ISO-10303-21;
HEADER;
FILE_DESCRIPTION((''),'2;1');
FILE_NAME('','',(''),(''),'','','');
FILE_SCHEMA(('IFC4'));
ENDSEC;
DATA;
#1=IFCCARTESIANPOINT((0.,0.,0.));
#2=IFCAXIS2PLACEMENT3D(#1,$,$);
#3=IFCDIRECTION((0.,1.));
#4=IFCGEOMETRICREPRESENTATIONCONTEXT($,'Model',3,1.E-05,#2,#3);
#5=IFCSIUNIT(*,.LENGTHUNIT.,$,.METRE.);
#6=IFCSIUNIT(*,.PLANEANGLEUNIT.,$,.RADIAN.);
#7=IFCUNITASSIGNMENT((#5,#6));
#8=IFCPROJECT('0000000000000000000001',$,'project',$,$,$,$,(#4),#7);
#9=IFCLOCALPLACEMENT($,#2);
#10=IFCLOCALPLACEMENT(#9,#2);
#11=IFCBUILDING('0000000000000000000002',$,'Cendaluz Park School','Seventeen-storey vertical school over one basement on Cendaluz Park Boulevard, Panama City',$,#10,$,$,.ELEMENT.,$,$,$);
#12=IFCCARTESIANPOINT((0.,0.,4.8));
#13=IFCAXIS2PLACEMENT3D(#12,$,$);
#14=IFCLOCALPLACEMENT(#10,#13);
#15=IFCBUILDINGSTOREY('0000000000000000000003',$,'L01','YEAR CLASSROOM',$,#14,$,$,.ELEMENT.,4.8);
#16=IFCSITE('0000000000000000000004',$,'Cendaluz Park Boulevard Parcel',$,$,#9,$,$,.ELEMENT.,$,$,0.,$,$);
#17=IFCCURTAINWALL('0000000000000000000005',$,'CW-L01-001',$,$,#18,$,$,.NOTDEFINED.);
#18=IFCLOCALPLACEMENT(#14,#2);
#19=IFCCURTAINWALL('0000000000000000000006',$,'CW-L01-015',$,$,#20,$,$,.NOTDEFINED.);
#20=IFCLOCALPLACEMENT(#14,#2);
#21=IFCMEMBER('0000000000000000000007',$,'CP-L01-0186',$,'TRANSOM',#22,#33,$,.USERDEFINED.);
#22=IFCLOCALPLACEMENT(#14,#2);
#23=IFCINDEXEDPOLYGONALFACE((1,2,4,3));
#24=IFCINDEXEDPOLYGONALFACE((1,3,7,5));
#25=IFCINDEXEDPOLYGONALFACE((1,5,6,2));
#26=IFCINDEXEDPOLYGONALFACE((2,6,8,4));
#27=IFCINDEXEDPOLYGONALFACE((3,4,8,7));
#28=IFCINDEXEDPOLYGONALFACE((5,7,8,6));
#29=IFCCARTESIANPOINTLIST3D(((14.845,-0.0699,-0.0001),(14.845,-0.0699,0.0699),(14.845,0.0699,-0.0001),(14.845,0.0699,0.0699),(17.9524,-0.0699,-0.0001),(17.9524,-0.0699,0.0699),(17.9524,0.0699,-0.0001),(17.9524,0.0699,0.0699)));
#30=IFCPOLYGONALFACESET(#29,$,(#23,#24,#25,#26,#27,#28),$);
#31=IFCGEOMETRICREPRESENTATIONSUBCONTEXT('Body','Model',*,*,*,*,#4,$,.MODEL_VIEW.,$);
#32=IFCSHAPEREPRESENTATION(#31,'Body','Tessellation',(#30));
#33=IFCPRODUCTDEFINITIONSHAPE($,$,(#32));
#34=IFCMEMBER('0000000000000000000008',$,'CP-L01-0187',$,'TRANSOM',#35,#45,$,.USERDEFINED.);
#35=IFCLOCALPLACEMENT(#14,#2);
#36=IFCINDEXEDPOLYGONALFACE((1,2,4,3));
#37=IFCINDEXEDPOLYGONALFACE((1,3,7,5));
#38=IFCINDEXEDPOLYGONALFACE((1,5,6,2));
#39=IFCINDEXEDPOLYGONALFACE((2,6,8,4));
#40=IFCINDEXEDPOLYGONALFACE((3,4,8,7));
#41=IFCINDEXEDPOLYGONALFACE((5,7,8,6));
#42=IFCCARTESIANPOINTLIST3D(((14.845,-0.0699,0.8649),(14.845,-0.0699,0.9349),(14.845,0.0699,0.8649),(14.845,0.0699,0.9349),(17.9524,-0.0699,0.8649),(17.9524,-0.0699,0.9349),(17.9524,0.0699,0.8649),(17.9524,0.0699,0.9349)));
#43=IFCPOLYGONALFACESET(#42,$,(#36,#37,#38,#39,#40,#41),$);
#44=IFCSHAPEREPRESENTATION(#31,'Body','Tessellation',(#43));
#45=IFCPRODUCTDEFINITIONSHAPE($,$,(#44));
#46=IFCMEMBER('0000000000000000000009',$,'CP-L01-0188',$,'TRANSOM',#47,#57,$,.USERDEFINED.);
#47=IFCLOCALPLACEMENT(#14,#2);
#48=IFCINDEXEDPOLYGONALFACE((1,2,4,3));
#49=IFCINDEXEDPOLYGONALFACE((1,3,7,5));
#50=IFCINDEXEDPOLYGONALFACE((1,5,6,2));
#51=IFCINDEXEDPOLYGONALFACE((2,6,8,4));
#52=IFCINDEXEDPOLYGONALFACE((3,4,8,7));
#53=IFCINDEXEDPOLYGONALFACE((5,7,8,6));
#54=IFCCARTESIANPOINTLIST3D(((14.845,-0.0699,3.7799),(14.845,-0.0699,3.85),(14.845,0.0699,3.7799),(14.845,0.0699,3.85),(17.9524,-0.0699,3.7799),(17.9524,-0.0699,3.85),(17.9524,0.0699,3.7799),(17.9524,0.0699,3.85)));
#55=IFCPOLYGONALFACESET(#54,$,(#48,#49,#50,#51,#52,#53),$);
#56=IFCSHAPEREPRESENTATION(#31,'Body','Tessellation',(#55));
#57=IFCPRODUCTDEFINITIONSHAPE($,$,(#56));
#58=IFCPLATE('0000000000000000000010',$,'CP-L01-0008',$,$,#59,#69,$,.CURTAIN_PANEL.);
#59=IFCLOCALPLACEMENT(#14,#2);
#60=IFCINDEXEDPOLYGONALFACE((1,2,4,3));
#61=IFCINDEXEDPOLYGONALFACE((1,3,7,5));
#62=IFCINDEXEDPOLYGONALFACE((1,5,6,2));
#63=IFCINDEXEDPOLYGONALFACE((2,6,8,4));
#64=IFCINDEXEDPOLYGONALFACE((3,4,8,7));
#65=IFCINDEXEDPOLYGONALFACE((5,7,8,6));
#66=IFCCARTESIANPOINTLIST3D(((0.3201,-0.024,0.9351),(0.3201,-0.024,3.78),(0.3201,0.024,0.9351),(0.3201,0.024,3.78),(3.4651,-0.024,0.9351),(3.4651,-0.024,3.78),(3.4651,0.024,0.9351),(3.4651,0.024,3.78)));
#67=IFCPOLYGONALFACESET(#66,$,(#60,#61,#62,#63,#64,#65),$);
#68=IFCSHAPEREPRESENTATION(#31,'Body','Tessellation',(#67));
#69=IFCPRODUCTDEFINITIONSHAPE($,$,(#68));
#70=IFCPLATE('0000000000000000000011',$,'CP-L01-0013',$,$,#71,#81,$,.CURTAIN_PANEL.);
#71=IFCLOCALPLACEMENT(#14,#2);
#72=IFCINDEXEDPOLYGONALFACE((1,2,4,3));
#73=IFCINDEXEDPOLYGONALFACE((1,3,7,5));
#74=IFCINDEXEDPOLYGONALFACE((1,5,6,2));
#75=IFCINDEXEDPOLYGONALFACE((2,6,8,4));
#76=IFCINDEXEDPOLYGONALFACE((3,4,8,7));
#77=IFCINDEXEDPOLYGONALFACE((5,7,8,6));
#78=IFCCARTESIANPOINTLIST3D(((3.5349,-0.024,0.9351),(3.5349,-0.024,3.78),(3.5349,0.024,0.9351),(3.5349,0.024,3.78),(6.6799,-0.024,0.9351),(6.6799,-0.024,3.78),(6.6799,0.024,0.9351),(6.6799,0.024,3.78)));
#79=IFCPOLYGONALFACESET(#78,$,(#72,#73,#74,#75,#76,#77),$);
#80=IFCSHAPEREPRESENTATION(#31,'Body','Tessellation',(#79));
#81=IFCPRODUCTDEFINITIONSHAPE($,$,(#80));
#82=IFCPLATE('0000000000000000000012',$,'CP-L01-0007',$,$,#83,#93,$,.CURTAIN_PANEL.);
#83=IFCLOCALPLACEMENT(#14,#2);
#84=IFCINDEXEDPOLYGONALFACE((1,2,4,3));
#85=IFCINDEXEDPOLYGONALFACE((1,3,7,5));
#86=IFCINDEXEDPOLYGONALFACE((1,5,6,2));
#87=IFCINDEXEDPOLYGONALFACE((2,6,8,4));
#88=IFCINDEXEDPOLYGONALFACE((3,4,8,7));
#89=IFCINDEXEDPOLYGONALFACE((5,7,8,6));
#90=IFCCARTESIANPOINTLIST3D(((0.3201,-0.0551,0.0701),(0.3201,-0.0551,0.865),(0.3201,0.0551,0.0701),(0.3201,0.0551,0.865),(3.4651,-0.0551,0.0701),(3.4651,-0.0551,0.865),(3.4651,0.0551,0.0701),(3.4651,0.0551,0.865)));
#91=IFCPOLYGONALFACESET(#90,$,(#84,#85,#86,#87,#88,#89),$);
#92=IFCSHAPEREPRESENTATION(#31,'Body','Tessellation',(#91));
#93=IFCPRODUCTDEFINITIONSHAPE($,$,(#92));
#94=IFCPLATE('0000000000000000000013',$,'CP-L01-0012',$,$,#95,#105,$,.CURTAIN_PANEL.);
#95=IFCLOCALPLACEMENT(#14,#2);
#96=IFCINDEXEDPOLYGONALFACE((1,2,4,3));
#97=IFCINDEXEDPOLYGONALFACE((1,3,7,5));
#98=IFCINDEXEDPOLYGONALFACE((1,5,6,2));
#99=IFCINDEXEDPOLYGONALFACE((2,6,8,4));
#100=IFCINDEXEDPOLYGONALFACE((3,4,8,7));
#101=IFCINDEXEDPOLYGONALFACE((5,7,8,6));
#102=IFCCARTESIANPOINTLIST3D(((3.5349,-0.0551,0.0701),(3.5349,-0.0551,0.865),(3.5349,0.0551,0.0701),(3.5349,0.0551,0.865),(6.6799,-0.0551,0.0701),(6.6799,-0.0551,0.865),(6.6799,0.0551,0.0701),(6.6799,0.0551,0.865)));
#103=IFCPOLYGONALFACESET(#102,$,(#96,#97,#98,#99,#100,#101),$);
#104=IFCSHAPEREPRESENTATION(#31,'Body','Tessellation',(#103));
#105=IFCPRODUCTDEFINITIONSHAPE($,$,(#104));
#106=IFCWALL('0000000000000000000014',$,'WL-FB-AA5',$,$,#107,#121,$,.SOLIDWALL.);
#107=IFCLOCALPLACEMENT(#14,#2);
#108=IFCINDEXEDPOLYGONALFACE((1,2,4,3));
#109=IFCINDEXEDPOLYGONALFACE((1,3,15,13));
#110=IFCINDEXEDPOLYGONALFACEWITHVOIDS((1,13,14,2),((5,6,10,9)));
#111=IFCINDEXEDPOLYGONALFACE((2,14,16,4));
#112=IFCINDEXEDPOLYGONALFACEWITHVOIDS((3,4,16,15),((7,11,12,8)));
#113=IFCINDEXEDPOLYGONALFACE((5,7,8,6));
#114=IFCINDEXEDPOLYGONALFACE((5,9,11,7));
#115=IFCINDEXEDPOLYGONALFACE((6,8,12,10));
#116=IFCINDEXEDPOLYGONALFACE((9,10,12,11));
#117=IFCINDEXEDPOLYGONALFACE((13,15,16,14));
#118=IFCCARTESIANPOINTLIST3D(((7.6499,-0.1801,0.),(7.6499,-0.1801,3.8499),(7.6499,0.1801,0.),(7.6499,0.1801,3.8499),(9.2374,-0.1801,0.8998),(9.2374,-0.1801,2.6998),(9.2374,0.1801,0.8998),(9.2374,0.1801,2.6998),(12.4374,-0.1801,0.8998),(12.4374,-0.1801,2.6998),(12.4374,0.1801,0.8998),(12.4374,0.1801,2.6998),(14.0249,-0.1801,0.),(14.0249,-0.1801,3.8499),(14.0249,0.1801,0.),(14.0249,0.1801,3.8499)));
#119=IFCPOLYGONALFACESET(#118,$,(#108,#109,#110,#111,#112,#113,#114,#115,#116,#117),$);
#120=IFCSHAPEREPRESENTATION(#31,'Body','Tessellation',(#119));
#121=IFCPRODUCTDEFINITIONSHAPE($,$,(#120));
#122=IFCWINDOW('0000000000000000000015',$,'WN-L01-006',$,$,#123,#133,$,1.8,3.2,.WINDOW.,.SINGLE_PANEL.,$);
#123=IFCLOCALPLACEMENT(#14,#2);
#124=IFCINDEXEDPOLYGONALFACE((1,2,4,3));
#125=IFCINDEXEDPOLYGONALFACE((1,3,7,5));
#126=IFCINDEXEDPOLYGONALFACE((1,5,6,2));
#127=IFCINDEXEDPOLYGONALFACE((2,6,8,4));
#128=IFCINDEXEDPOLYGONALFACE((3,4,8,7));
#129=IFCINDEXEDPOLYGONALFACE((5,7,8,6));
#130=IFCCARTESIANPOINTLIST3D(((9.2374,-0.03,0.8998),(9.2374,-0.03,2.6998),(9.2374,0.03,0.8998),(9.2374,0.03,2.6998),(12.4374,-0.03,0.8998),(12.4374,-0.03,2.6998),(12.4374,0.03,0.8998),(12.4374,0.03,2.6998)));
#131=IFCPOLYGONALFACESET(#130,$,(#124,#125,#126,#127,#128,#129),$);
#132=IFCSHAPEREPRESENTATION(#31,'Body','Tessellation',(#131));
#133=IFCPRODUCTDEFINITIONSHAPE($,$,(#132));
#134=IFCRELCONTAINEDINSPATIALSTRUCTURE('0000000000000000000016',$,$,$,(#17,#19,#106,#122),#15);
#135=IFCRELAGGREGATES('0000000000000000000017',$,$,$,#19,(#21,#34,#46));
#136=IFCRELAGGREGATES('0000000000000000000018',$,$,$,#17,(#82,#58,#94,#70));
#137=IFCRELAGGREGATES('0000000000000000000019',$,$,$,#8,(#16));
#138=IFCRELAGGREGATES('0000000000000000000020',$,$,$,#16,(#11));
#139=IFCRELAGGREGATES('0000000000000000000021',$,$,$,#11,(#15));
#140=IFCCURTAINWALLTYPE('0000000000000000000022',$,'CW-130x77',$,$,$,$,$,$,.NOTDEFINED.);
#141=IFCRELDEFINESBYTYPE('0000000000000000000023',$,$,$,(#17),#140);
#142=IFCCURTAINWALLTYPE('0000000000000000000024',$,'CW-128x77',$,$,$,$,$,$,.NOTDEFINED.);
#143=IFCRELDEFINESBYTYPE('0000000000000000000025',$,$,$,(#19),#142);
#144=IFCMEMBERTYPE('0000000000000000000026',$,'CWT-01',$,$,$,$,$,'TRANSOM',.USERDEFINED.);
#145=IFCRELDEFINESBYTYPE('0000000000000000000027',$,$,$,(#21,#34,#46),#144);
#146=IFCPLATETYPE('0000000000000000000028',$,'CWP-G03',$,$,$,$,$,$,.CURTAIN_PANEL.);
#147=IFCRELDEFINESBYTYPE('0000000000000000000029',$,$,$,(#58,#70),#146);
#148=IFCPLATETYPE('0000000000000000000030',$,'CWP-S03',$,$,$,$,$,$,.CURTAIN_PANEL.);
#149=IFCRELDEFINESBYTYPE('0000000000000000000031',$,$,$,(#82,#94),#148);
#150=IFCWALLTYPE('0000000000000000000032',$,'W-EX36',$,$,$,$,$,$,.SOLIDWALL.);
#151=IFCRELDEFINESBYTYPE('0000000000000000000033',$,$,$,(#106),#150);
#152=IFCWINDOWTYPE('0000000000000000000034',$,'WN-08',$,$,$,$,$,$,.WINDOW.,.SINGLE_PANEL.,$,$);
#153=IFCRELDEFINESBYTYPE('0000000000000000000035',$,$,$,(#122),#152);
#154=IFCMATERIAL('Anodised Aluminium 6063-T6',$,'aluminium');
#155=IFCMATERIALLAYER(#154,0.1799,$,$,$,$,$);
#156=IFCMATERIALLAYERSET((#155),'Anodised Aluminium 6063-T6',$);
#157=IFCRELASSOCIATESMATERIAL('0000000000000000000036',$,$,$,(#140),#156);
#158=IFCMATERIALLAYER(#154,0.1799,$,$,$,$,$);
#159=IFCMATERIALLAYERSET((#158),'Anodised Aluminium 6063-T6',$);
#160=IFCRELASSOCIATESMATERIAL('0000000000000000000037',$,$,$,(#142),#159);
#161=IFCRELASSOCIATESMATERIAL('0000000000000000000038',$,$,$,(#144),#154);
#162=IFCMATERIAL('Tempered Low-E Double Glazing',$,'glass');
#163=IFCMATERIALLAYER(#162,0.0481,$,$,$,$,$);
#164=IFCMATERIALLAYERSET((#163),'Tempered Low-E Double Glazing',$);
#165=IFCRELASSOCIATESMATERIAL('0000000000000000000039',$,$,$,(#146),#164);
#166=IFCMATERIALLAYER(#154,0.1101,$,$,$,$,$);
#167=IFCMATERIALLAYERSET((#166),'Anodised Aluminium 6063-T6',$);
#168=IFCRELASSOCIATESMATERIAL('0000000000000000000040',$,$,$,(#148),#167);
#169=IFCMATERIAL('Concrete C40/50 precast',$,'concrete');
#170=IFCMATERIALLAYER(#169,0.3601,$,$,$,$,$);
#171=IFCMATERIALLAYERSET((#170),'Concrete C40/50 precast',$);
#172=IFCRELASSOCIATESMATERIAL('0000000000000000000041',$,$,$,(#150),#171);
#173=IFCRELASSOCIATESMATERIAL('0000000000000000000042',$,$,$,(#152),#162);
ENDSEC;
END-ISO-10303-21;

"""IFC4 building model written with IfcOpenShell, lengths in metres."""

from ifc_helpers import new_model, si_unit, direction, frame, frame_2d, origin, origin_2d, place, context, subcontext, project, spatial, rectangle, extrude, material, layer, layer_set, material_profile, profile_set, type_object, element, fill, aggregate, save


model = new_model("IFC4")

# Units and contexts
model_context = context("Model", 3, precision=1e-05, world=origin(), true_north=direction((0.0, 1.0)))
body_context = subcontext(model_context, "Body", "Model", "MODEL_VIEW")
ifc_project = project(units=[si_unit("LENGTHUNIT", "METRE"), si_unit("PLANEANGLEUNIT", "RADIAN")], contexts=[model_context])

# Site, building, storey
site_placement = place(None, origin())
site = spatial("IfcSite", under=ifc_project, at=site_placement, Name="Cendaluz Park Boulevard Parcel", CompositionType="ELEMENT", RefElevation=0.0)
building_placement = place(site_placement, origin())
building = spatial("IfcBuilding", under=site, at=building_placement, Name="Cendaluz Park School", Description="Seventeen-storey vertical school over one basement on Cendaluz Park Boulevard, Panama City", CompositionType="ELEMENT")
storey_placement = place(building_placement, frame((0.0, 0.0, 4.8)))
storey = spatial("IfcBuildingStorey", under=building, at=storey_placement, Name="L01", Description="YEAR CLASSROOM", CompositionType="ELEMENT", Elevation=4.8)

# Curtain wall
ifc_material_1 = material(Name="Anodised Aluminium 6063-T6", Category="aluminium")
ifc_layer_1 = layer(ifc_material_1, 0.1799)
ifc_layer_set_1 = layer_set([ifc_layer_1], Name="Anodised Aluminium 6063-T6")
curtain_wall_type_1 = type_object("IfcCurtainWallType", Name="CW-130x77", PredefinedType="NOTDEFINED", material=ifc_layer_set_1)
curtain_wall_1_placement = place(storey_placement, origin())
curtain_wall_1 = element("IfcCurtainWall", 1, at=curtain_wall_1_placement, inside=storey, type_object=curtain_wall_type_1, Name="CW-L01-001", PredefinedType="NOTDEFINED")

# Curtain wall
ifc_layer_2 = layer(ifc_material_1, 0.1799)
ifc_layer_set_2 = layer_set([ifc_layer_2], Name="Anodised Aluminium 6063-T6")
curtain_wall_type_2 = type_object("IfcCurtainWallType", Name="CW-128x77", PredefinedType="NOTDEFINED", material=ifc_layer_set_2)
curtain_wall_2_placement = place(storey_placement, origin())
curtain_wall_2 = element("IfcCurtainWall", 2, at=curtain_wall_2_placement, inside=storey, type_object=curtain_wall_type_2, Name="CW-L01-015", PredefinedType="NOTDEFINED")

# Members
ifc_material_profile_1 = material_profile(ifc_material_1, rectangle(XDim=0.1399, YDim=0.0701, at=origin_2d()), Name="CWT 140x70", Category="aluminium")
ifc_profile_set_1 = profile_set([ifc_material_profile_1], Name="Anodised Aluminium 6063-T6")
member_type_1 = type_object("IfcMemberType", Name="CWT-01", ElementType="TRANSOM", PredefinedType="USERDEFINED", material=ifc_profile_set_1)
member_1_placement = place(storey_placement, frame((14.845, 0.0, 0.0349), z_axis=(1.0, 0.0, 0.0), x_axis=(0.0, 1.0, 0.0)))
member_1 = element("IfcMember", 3, at=member_1_placement, type_object=member_type_1, Name="CP-L01-0186", ObjectType="TRANSOM", PredefinedType="USERDEFINED", context=body_context, shape_type="SweptSolid", body=[
    extrude(rectangle(XDim=0.1399, YDim=0.0701, at=origin_2d()), origin(), (0.0, 0.0, 1.0), 3.1074),
])
member_2_placement = place(storey_placement, frame((14.845, 0.0, 0.8999), z_axis=(1.0, 0.0, 0.0), x_axis=(0.0, 1.0, 0.0)))
member_2 = element("IfcMember", 4, at=member_2_placement, type_object=member_type_1, Name="CP-L01-0187", ObjectType="TRANSOM", PredefinedType="USERDEFINED", context=body_context, shape_type="SweptSolid", body=[
    extrude(rectangle(XDim=0.1399, YDim=0.0701, at=origin_2d()), origin(), (0.0, 0.0, 1.0), 3.1074),
])
member_3_placement = place(storey_placement, frame((14.845, 0.0, 3.8149), z_axis=(1.0, 0.0, 0.0), x_axis=(0.0, 1.0, 0.0)))
member_3 = element("IfcMember", 5, at=member_3_placement, type_object=member_type_1, Name="CP-L01-0188", ObjectType="TRANSOM", PredefinedType="USERDEFINED", context=body_context, shape_type="SweptSolid", body=[
    extrude(rectangle(XDim=0.1399, YDim=0.0701, at=origin_2d()), origin(), (0.0, 0.0, 1.0), 3.1074),
])
aggregate(curtain_wall_2, [member_1, member_2, member_3])

# Plates
ifc_material_2 = material(Name="Tempered Low-E Double Glazing", Category="glass")
ifc_layer_3 = layer(ifc_material_2, 0.0481)
ifc_layer_set_3 = layer_set([ifc_layer_3], Name="Tempered Low-E Double Glazing")
plate_type_1 = type_object("IfcPlateType", Name="CWP-G03", PredefinedType="CURTAIN_PANEL", material=ifc_layer_set_3)
plate_1_placement = place(storey_placement, frame((1.8926, 0.0, 0.9351), z_axis=(0.0, 0.0, 1.0), x_axis=(1.0, 0.0, 0.0)))
plate_1 = element("IfcPlate", 6, at=plate_1_placement, type_object=plate_type_1, Name="CP-L01-0008", PredefinedType="CURTAIN_PANEL", context=body_context, shape_type="SweptSolid", body=[
    extrude(rectangle(XDim=3.145, YDim=0.0481, at=origin_2d()), origin(), (0.0, 0.0, 1.0), 2.845),
])
plate_2_placement = place(storey_placement, frame((5.1074, 0.0, 0.9351), z_axis=(0.0, 0.0, 1.0), x_axis=(1.0, 0.0, 0.0)))
plate_2 = element("IfcPlate", 7, at=plate_2_placement, type_object=plate_type_1, Name="CP-L01-0013", PredefinedType="CURTAIN_PANEL", context=body_context, shape_type="SweptSolid", body=[
    extrude(rectangle(XDim=3.145, YDim=0.0481, at=origin_2d()), origin(), (0.0, 0.0, 1.0), 2.845),
])
ifc_layer_4 = layer(ifc_material_1, 0.1101)
ifc_layer_set_4 = layer_set([ifc_layer_4], Name="Anodised Aluminium 6063-T6")
plate_type_2 = type_object("IfcPlateType", Name="CWP-S03", PredefinedType="CURTAIN_PANEL", material=ifc_layer_set_4)
plate_3_placement = place(storey_placement, frame((1.8926, 0.0, 0.0701), z_axis=(0.0, 0.0, 1.0), x_axis=(1.0, 0.0, 0.0)))
plate_3 = element("IfcPlate", 8, at=plate_3_placement, type_object=plate_type_2, Name="CP-L01-0007", PredefinedType="CURTAIN_PANEL", context=body_context, shape_type="SweptSolid", body=[
    extrude(rectangle(XDim=3.145, YDim=0.1101, at=origin_2d()), origin(), (0.0, 0.0, 1.0), 0.7949),
])
plate_4_placement = place(storey_placement, frame((5.1074, 0.0, 0.0701), z_axis=(0.0, 0.0, 1.0), x_axis=(1.0, 0.0, 0.0)))
plate_4 = element("IfcPlate", 9, at=plate_4_placement, type_object=plate_type_2, Name="CP-L01-0012", PredefinedType="CURTAIN_PANEL", context=body_context, shape_type="SweptSolid", body=[
    extrude(rectangle(XDim=3.145, YDim=0.1101, at=origin_2d()), origin(), (0.0, 0.0, 1.0), 0.7949),
])
aggregate(curtain_wall_1, [plate_3, plate_1, plate_4, plate_2])

# Wall, opening, window
ifc_material_3 = material(Name="Concrete C40/50 precast", Category="concrete")
ifc_layer_5 = layer(ifc_material_3, 0.3601)
ifc_layer_set_5 = layer_set([ifc_layer_5], Name="Concrete C40/50 precast")
wall_type = type_object("IfcWallType", Name="W-EX36", PredefinedType="SOLIDWALL", material=ifc_layer_set_5)
wall_placement = place(storey_placement, frame((7.6499, 0.0, 0.0), z_axis=(0.0, 0.0, 1.0), x_axis=(1.0, 0.0, 0.0)))
wall = element("IfcWall", 10, at=wall_placement, inside=storey, type_object=wall_type, Name="WL-FB-AA5", PredefinedType="SOLIDWALL", context=body_context, shape_type="SweptSolid", body=[
    extrude(rectangle(XDim=6.375, YDim=0.3601, at=frame_2d((3.1875, 0.0))), origin(), (0.0, 0.0, 1.0), 3.8499),
])
opening_placement = place(wall_placement, frame((1.5874, 0.0, 0.8999)))
opening = element("IfcOpeningElement", 11, at=opening_placement, cuts=wall, PredefinedType="OPENING", context=body_context, shape_type="SweptSolid", body=[
    extrude(rectangle(XDim=3.2, YDim=1.8, at=frame_2d((1.6001, 0.8999))), frame((0.0, 0.1921, 0.0), z_axis=(0.0, -1.0, 0.0), x_axis=(1.0, 0.0, 0.0)), (0.0, 0.0, 1.0), 0.384),
])
window_type = type_object("IfcWindowType", Name="WN-08", PartitioningType="SINGLE_PANEL", PredefinedType="WINDOW", material=ifc_material_2)
window_placement = place(opening_placement, origin())
window = element("IfcWindow", 12, at=window_placement, inside=storey, type_object=window_type, Name="WN-L01-006", OverallHeight=1.8, OverallWidth=3.2, PartitioningType="SINGLE_PANEL", PredefinedType="WINDOW", context=body_context, shape_type="SweptSolid", body=[
    extrude(rectangle(XDim=3.2, YDim=1.8, at=frame_2d((1.6001, 0.8999))), frame((0.0, 0.03, 0.0), z_axis=(0.0, -1.0, 0.0), x_axis=(1.0, 0.0, 0.0)), (0.0, 0.0, 1.0), 0.0601),
])
fill(opening, window)

save(model, "model.ifc")
